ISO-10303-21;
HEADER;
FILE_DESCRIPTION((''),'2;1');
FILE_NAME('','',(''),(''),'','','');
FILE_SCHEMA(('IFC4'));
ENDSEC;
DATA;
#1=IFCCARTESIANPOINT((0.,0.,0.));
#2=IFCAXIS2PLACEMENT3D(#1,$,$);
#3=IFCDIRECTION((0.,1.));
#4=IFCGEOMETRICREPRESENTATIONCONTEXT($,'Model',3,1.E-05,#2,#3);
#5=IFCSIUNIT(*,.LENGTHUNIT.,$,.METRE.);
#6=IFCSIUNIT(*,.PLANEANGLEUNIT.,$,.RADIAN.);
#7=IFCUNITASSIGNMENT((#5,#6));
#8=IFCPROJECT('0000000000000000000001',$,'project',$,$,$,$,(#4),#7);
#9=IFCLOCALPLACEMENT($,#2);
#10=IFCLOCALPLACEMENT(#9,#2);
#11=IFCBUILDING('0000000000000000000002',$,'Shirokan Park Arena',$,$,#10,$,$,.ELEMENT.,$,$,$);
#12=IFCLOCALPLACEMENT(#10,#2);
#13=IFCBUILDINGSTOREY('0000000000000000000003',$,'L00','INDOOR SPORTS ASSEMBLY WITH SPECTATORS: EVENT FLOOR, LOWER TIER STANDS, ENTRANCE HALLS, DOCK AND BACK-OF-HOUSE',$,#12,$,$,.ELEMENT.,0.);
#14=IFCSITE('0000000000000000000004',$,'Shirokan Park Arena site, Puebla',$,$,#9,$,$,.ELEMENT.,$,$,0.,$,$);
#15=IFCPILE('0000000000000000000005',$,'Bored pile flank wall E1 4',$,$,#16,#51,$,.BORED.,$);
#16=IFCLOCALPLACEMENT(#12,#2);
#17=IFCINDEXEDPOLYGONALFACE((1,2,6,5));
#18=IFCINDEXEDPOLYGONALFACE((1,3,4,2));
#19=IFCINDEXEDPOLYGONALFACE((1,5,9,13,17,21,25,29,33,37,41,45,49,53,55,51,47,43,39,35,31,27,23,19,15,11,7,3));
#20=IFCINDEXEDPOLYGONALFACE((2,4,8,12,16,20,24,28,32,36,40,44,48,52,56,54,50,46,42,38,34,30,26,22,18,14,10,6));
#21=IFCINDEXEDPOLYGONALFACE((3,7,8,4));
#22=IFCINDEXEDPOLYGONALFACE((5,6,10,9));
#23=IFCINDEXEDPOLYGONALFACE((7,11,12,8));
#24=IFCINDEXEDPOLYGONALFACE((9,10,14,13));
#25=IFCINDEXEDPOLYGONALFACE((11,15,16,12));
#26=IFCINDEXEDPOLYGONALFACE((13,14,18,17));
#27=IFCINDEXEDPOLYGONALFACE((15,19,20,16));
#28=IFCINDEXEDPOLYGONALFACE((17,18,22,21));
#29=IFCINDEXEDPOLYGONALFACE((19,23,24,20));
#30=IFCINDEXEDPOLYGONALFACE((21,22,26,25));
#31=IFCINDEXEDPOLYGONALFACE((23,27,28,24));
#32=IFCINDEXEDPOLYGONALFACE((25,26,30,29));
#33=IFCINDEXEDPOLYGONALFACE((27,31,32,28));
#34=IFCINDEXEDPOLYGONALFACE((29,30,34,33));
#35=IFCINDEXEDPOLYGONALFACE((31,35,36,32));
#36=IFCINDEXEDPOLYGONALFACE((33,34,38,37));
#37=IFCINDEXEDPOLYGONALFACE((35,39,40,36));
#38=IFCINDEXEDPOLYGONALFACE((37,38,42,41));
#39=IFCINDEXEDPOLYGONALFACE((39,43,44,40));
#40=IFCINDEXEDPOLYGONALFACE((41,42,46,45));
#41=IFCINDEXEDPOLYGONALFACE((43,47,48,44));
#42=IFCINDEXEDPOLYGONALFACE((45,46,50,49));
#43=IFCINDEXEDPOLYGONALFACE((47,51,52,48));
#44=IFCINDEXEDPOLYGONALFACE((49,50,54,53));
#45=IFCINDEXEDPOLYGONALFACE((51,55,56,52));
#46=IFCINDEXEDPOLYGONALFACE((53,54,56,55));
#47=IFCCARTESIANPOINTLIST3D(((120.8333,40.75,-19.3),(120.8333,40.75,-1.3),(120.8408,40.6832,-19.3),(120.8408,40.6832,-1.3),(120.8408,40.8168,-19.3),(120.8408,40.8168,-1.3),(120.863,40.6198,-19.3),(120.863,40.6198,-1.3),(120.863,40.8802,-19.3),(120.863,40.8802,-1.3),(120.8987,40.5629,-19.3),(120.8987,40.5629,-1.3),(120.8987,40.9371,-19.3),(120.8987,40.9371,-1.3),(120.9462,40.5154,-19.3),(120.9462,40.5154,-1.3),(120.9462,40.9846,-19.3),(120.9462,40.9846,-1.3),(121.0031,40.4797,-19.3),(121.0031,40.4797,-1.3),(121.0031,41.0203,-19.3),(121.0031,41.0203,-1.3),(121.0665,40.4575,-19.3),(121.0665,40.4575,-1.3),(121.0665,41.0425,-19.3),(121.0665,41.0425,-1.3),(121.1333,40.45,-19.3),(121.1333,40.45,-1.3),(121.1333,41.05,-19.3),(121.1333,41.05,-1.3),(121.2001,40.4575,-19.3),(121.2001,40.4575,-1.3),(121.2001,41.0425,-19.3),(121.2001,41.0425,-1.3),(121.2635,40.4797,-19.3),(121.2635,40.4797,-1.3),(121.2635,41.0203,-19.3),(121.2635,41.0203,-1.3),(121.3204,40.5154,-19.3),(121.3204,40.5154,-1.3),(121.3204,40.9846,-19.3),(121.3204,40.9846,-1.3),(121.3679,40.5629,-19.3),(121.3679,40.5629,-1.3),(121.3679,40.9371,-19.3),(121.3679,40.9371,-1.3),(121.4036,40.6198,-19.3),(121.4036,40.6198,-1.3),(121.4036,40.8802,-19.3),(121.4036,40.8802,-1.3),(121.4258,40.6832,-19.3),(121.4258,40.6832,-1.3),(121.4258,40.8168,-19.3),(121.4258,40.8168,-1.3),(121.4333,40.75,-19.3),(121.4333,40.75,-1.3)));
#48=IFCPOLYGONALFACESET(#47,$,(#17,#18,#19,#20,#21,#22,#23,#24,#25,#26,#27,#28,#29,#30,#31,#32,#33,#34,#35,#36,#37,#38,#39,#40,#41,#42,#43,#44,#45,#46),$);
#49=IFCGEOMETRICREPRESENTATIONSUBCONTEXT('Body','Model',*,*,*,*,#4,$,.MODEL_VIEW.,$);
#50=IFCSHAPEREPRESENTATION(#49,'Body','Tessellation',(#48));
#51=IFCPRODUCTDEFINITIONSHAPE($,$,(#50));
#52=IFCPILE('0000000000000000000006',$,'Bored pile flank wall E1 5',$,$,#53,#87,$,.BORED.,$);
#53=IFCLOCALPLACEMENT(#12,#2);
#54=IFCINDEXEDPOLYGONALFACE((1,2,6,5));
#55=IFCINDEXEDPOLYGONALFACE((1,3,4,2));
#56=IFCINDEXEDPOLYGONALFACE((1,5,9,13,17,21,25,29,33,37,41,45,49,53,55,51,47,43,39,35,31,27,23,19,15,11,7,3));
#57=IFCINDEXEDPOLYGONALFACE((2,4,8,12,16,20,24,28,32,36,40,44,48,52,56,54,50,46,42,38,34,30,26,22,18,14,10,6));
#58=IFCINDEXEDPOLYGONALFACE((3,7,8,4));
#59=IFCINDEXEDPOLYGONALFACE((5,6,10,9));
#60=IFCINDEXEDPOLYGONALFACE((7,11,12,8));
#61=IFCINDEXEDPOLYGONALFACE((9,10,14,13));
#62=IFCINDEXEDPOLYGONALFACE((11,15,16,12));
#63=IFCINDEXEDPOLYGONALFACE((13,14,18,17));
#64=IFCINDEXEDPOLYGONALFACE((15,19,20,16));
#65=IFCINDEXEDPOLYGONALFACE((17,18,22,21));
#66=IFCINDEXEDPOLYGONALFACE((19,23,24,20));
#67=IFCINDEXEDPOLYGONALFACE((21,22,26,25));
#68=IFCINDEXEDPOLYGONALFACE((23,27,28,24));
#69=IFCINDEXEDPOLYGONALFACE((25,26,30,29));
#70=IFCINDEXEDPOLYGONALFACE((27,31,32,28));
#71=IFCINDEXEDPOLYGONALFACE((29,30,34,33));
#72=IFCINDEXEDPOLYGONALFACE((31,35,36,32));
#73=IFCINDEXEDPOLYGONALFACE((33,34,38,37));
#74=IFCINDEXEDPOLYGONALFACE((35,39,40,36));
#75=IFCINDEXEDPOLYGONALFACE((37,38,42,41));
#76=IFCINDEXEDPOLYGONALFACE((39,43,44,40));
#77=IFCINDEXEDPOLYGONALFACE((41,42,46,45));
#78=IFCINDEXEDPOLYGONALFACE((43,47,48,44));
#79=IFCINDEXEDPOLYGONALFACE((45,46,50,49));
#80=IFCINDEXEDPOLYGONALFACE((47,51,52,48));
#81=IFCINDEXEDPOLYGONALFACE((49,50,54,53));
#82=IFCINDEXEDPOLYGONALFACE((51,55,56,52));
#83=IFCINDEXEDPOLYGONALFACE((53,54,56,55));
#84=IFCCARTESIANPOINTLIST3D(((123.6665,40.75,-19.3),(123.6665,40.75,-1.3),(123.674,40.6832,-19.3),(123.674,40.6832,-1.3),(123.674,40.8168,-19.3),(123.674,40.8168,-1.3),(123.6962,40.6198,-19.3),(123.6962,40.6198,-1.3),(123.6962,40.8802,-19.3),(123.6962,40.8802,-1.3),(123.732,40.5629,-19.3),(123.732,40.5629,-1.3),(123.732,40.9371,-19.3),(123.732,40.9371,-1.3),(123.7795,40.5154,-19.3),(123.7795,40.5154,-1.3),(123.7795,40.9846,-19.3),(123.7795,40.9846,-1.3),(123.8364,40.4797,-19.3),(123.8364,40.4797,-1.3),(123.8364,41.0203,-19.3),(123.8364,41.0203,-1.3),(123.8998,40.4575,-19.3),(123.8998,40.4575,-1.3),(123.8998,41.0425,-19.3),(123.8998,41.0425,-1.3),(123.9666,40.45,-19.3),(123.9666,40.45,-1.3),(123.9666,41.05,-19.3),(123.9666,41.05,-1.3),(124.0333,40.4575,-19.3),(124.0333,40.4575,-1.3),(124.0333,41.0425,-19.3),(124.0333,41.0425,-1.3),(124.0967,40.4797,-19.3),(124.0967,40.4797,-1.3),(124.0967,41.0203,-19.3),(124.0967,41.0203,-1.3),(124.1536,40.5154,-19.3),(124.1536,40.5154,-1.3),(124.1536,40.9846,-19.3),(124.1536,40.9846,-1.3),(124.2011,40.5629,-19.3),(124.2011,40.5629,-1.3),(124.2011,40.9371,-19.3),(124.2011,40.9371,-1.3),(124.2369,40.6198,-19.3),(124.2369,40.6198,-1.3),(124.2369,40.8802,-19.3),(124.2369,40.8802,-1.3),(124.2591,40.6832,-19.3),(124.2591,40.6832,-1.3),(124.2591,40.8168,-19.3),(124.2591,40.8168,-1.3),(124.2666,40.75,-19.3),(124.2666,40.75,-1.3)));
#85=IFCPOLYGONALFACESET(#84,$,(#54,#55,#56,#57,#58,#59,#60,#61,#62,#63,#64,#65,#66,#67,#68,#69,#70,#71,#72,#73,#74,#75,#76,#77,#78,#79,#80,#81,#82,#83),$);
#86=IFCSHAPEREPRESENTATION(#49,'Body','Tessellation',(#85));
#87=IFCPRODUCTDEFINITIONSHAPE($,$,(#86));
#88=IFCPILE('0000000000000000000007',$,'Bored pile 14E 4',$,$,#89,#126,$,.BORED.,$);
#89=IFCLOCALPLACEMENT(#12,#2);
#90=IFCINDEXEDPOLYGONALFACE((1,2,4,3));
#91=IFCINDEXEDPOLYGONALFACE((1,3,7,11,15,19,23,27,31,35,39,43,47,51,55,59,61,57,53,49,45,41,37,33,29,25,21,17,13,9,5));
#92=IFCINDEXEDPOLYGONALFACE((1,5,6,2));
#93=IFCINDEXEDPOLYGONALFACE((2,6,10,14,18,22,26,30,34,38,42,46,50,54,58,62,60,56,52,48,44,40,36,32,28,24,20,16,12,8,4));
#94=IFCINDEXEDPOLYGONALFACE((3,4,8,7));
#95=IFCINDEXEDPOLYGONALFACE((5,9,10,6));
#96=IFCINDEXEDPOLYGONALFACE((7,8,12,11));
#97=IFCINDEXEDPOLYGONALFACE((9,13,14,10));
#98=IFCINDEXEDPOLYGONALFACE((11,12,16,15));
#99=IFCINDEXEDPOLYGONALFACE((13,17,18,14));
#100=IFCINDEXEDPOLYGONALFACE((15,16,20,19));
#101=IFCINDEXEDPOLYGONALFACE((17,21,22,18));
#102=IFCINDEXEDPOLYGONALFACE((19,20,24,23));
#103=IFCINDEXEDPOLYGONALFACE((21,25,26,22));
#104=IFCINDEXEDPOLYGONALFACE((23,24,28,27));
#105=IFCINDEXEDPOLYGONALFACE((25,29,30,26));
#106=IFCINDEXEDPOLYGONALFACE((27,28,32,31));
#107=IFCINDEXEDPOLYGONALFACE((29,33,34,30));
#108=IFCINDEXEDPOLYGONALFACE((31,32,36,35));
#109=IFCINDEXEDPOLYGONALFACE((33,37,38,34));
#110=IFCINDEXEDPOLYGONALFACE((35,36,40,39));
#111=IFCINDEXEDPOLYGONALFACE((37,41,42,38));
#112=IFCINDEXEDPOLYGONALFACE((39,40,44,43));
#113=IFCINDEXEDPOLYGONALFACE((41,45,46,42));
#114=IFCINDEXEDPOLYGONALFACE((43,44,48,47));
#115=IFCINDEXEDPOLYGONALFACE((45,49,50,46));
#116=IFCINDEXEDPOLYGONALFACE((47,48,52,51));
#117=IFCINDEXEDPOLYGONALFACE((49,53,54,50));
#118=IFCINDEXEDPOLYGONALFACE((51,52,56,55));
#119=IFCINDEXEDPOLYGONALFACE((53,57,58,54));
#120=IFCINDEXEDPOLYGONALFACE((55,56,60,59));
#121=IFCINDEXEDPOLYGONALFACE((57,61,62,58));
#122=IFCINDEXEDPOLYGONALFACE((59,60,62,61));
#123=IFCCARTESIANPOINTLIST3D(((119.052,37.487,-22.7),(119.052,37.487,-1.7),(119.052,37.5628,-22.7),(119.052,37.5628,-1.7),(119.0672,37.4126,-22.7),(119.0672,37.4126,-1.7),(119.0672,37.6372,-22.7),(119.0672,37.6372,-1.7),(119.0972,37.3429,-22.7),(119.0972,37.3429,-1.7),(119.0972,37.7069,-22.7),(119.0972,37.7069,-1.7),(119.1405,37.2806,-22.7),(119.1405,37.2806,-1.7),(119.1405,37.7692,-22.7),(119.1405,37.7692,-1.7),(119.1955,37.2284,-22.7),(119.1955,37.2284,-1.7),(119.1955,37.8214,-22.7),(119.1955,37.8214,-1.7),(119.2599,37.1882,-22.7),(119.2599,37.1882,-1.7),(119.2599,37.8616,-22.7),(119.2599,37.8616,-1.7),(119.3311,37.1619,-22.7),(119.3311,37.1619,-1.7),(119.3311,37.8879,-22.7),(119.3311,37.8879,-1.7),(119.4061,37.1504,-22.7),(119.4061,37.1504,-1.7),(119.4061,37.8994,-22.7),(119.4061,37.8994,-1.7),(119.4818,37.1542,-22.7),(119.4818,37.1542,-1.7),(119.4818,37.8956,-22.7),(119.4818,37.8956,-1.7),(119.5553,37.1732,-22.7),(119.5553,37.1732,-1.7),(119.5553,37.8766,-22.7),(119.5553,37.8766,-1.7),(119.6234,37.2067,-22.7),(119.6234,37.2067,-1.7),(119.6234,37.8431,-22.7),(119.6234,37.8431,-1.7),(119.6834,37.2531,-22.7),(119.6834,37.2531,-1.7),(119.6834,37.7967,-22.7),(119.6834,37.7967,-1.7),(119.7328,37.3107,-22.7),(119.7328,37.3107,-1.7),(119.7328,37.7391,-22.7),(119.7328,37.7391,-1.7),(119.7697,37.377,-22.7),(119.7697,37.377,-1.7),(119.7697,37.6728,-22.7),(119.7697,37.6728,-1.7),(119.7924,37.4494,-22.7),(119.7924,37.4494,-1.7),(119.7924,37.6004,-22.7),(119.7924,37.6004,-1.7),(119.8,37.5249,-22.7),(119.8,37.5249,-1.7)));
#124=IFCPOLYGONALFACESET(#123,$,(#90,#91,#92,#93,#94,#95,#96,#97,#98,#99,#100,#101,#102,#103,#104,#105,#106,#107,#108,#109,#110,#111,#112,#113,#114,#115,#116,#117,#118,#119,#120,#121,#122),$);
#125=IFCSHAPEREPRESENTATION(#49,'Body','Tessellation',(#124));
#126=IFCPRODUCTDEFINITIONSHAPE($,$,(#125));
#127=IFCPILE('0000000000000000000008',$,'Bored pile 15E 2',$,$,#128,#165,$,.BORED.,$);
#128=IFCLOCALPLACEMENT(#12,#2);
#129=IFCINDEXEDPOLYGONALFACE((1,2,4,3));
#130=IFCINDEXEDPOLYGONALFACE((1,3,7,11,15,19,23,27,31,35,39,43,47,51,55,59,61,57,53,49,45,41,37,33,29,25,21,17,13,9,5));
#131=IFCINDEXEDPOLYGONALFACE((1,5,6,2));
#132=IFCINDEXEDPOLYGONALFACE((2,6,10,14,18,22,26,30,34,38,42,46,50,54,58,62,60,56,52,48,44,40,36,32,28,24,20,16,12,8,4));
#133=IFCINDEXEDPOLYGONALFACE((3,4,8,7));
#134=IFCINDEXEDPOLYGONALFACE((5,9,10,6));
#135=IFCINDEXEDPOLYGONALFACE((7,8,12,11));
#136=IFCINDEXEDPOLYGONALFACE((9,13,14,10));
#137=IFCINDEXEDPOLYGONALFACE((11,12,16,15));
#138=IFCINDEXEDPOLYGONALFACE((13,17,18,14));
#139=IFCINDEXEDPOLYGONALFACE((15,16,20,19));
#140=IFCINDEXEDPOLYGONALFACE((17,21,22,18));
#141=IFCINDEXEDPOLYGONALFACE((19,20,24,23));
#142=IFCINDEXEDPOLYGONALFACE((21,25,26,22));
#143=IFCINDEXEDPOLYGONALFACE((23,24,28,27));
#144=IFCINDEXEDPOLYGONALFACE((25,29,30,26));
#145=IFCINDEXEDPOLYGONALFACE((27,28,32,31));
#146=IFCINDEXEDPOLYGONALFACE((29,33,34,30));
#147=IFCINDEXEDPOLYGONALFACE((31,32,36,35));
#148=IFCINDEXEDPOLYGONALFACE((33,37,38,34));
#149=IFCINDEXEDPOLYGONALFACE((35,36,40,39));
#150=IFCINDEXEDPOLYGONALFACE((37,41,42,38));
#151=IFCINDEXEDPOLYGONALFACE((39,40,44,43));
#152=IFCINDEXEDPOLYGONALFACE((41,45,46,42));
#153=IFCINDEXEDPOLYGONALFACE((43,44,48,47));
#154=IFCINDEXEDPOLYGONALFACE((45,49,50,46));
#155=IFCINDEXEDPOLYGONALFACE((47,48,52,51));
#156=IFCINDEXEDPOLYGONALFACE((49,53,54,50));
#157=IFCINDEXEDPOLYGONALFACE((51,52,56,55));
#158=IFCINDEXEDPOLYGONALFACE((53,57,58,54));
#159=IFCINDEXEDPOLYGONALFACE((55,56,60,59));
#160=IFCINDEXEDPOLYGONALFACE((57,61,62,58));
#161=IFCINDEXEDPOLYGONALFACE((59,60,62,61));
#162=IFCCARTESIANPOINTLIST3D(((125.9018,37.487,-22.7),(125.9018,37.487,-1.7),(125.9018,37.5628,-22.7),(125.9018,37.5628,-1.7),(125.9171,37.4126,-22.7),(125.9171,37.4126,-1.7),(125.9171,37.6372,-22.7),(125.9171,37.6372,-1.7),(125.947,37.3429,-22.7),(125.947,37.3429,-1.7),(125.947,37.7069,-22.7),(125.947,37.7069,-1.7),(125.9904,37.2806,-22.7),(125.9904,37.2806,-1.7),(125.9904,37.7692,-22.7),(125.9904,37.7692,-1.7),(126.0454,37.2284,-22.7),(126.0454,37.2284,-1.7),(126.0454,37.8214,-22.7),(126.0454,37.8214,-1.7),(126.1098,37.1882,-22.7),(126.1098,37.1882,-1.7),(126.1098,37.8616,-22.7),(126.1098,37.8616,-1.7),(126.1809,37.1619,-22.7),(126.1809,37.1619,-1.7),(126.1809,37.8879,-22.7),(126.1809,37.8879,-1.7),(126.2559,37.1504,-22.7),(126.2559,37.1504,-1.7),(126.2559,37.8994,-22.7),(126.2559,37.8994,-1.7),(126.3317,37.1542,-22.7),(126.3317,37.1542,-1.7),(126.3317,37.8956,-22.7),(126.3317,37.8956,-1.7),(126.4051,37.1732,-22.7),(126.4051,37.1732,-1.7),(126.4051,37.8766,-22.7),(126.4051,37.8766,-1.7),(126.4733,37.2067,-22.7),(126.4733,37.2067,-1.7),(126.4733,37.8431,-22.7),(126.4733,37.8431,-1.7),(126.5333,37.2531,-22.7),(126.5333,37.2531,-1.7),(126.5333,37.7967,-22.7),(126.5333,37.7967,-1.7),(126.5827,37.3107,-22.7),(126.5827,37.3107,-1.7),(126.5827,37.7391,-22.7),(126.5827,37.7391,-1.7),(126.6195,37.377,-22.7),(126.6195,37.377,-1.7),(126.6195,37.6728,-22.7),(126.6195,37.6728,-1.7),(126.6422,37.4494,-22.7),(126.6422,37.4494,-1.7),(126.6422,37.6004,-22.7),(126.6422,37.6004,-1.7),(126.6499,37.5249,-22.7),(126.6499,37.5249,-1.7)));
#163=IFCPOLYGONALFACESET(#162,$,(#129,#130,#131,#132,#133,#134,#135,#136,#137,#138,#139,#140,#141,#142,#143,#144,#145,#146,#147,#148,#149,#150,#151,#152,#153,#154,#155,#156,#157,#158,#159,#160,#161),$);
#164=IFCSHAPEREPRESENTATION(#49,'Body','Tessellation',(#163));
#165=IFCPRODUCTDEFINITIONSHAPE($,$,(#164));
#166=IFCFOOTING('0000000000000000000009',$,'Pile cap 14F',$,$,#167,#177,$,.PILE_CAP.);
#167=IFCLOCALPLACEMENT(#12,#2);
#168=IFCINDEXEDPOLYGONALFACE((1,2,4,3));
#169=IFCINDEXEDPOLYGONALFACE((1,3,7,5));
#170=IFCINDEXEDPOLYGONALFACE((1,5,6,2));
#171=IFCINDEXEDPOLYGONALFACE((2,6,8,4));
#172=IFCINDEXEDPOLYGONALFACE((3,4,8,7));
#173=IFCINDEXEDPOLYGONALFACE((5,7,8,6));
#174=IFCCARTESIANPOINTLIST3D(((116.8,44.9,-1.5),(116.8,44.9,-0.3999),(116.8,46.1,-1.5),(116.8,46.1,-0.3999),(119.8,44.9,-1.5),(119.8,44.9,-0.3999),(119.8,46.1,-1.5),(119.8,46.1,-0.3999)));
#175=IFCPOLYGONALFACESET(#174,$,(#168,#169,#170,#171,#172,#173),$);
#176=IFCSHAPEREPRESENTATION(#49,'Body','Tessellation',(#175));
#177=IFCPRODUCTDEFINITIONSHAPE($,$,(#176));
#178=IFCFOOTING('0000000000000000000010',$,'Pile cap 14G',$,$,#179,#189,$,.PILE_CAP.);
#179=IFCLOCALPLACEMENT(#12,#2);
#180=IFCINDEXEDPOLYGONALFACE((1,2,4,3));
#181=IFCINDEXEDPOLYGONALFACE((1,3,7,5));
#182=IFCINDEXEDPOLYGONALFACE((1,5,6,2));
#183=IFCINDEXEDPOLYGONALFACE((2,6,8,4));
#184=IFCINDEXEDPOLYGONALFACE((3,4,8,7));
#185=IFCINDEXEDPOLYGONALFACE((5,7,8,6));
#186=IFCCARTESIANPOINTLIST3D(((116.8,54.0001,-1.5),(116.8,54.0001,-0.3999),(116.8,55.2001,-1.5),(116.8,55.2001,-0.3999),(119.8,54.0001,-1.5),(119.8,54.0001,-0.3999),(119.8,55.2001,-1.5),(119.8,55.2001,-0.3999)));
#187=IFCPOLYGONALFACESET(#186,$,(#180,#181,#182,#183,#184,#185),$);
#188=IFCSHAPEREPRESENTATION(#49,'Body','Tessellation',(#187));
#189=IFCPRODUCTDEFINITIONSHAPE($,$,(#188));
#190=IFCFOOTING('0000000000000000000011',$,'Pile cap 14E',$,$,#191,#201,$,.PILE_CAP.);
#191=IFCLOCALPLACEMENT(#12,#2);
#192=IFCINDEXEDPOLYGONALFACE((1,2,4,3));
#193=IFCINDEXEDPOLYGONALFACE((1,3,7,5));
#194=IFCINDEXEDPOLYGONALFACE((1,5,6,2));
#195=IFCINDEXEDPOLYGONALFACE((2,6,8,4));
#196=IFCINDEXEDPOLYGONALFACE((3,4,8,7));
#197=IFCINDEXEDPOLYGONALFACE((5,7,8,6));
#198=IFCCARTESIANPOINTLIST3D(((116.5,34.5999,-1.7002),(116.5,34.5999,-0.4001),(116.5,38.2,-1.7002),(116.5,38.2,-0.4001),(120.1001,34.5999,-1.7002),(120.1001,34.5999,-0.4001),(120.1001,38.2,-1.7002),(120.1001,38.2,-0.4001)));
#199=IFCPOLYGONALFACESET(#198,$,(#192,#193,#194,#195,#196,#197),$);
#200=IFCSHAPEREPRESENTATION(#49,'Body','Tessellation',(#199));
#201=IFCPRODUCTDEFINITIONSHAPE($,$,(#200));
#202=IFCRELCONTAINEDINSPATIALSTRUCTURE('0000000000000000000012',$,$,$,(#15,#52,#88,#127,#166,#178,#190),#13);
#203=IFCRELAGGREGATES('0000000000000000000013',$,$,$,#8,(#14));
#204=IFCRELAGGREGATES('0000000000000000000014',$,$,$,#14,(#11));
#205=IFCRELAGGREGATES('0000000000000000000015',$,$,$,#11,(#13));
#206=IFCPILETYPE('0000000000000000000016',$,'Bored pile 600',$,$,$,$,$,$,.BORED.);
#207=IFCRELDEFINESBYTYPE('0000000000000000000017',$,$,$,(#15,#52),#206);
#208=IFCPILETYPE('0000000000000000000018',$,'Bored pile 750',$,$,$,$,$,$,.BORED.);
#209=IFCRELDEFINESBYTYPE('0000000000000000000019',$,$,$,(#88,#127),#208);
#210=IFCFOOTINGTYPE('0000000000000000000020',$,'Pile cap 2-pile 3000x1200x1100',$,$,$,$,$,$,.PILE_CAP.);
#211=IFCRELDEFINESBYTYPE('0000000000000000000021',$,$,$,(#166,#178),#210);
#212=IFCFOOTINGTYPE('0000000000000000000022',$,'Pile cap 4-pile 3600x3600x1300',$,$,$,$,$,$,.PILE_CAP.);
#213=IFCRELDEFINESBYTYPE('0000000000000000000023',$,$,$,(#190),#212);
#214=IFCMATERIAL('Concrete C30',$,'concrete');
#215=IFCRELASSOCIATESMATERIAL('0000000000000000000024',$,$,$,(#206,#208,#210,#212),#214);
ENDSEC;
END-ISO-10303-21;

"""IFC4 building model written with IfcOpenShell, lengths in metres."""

from ifc_helpers import new_model, si_unit, direction, frame, origin, origin_2d, place, context, subcontext, project, spatial, rectangle, circle, extrude, material, material_profile, profile_set, type_object, element, save


model = new_model("IFC4")

# Units and contexts
model_context = context("Model", 3, precision=1e-05, world=origin(), true_north=direction((0.0, 1.0)))
body_context = subcontext(model_context, "Body", "Model", "MODEL_VIEW")
ifc_project = project(units=[si_unit("LENGTHUNIT", "METRE"), si_unit("PLANEANGLEUNIT", "RADIAN")], contexts=[model_context])

# Site, building, storey
site_placement = place(None, origin())
site = spatial("IfcSite", under=ifc_project, at=site_placement, Name="Shirokan Park Arena site, Puebla", CompositionType="ELEMENT", RefElevation=0.0)
building_placement = place(site_placement, origin())
building = spatial("IfcBuilding", under=site, at=building_placement, Name="Shirokan Park Arena", CompositionType="ELEMENT")
storey_placement = place(building_placement, origin())
storey = spatial("IfcBuildingStorey", under=building, at=storey_placement, Name="L00", Description="INDOOR SPORTS ASSEMBLY WITH SPECTATORS: EVENT FLOOR, LOWER TIER STANDS, ENTRANCE HALLS, DOCK AND BACK-OF-HOUSE", CompositionType="ELEMENT", Elevation=0.0)

# Piles
ifc_material_1 = material(Name="Concrete C30", Category="concrete")
ifc_material_profile_1 = material_profile(ifc_material_1, circle(Radius=0.3, at=origin_2d()), Name="D600")
ifc_profile_set_1 = profile_set([ifc_material_profile_1], Name="Concrete C30")
pile_type_1 = type_object("IfcPileType", Name="Bored pile 600", PredefinedType="BORED", material=ifc_profile_set_1)
for number, where, z_axis, x_axis, name in (
    (1, (121.1333, 40.75, -1.3), (0.0, 0.0, -1.0), (1.0, 0.0, 0.0), "Bored pile flank wall E1 4"),
    (2, (123.9666, 40.75, -1.3), (0.0, 0.0, -1.0), (1.0, 0.0, 0.0), "Bored pile flank wall E1 5"),
):
    element("IfcPile", number, at=place(storey_placement, frame(where, z_axis=z_axis, x_axis=x_axis)), inside=storey, type_object=pile_type_1, Name=name, PredefinedType="BORED", context=body_context, shape_type="SweptSolid", body=[
        extrude(circle(Radius=0.3, at=origin_2d()), origin(), (0.0, 0.0, 1.0), 18.0),
    ])
ifc_material_profile_2 = material_profile(ifc_material_1, circle(Radius=0.375, at=origin_2d()), Name="D750")
ifc_profile_set_2 = profile_set([ifc_material_profile_2], Name="Concrete C30")
pile_type_2 = type_object("IfcPileType", Name="Bored pile 750", PredefinedType="BORED", material=ifc_profile_set_2)
for number, where, z_axis, x_axis, name in (
    (3, (119.425, 37.5249, -1.7), (0.0, 0.0, -1.0), (1.0, 0.0, 0.0), "Bored pile 14E 4"),
    (4, (126.2749, 37.5249, -1.7), (0.0, 0.0, -1.0), (1.0, 0.0, 0.0), "Bored pile 15E 2"),
):
    element("IfcPile", number, at=place(storey_placement, frame(where, z_axis=z_axis, x_axis=x_axis)), inside=storey, type_object=pile_type_2, Name=name, PredefinedType="BORED", context=body_context, shape_type="SweptSolid", body=[
        extrude(circle(Radius=0.375, at=origin_2d()), origin(), (0.0, 0.0, 1.0), 21.0),
    ])

# Footings
footing_type_1 = type_object("IfcFootingType", Name="Pile cap 2-pile 3000x1200x1100", PredefinedType="PILE_CAP", material=ifc_material_1)
for number, where, z_axis, x_axis, name in (
    (5, (118.3, 45.5, -1.5), (0.0, 0.0, 1.0), (1.0, 0.0, 0.0), "Pile cap 14F"),
    (6, (118.3, 54.6001, -1.5), (0.0, 0.0, 1.0), (1.0, 0.0, 0.0), "Pile cap 14G"),
):
    element("IfcFooting", number, at=place(storey_placement, frame(where, z_axis=z_axis, x_axis=x_axis)), inside=storey, type_object=footing_type_1, Name=name, PredefinedType="PILE_CAP", context=body_context, shape_type="SweptSolid", body=[
        extrude(rectangle(XDim=3.0, YDim=1.2, at=origin_2d()), origin(), (0.0, 0.0, 1.0), 1.1001),
    ])
footing_type_2 = type_object("IfcFootingType", Name="Pile cap 4-pile 3600x3600x1300", PredefinedType="PILE_CAP", material=ifc_material_1)
for number, where, z_axis, x_axis, name in (
    (7, (118.3, 36.3999, -1.7002), (0.0, 0.0, 1.0), (1.0, 0.0, 0.0), "Pile cap 14E"),
):
    element("IfcFooting", number, at=place(storey_placement, frame(where, z_axis=z_axis, x_axis=x_axis)), inside=storey, type_object=footing_type_2, Name=name, PredefinedType="PILE_CAP", context=body_context, shape_type="SweptSolid", body=[
        extrude(rectangle(XDim=3.6001, YDim=3.6001, at=origin_2d()), origin(), (0.0, 0.0, 1.0), 1.3),
    ])

save(model, "model.ifc")
